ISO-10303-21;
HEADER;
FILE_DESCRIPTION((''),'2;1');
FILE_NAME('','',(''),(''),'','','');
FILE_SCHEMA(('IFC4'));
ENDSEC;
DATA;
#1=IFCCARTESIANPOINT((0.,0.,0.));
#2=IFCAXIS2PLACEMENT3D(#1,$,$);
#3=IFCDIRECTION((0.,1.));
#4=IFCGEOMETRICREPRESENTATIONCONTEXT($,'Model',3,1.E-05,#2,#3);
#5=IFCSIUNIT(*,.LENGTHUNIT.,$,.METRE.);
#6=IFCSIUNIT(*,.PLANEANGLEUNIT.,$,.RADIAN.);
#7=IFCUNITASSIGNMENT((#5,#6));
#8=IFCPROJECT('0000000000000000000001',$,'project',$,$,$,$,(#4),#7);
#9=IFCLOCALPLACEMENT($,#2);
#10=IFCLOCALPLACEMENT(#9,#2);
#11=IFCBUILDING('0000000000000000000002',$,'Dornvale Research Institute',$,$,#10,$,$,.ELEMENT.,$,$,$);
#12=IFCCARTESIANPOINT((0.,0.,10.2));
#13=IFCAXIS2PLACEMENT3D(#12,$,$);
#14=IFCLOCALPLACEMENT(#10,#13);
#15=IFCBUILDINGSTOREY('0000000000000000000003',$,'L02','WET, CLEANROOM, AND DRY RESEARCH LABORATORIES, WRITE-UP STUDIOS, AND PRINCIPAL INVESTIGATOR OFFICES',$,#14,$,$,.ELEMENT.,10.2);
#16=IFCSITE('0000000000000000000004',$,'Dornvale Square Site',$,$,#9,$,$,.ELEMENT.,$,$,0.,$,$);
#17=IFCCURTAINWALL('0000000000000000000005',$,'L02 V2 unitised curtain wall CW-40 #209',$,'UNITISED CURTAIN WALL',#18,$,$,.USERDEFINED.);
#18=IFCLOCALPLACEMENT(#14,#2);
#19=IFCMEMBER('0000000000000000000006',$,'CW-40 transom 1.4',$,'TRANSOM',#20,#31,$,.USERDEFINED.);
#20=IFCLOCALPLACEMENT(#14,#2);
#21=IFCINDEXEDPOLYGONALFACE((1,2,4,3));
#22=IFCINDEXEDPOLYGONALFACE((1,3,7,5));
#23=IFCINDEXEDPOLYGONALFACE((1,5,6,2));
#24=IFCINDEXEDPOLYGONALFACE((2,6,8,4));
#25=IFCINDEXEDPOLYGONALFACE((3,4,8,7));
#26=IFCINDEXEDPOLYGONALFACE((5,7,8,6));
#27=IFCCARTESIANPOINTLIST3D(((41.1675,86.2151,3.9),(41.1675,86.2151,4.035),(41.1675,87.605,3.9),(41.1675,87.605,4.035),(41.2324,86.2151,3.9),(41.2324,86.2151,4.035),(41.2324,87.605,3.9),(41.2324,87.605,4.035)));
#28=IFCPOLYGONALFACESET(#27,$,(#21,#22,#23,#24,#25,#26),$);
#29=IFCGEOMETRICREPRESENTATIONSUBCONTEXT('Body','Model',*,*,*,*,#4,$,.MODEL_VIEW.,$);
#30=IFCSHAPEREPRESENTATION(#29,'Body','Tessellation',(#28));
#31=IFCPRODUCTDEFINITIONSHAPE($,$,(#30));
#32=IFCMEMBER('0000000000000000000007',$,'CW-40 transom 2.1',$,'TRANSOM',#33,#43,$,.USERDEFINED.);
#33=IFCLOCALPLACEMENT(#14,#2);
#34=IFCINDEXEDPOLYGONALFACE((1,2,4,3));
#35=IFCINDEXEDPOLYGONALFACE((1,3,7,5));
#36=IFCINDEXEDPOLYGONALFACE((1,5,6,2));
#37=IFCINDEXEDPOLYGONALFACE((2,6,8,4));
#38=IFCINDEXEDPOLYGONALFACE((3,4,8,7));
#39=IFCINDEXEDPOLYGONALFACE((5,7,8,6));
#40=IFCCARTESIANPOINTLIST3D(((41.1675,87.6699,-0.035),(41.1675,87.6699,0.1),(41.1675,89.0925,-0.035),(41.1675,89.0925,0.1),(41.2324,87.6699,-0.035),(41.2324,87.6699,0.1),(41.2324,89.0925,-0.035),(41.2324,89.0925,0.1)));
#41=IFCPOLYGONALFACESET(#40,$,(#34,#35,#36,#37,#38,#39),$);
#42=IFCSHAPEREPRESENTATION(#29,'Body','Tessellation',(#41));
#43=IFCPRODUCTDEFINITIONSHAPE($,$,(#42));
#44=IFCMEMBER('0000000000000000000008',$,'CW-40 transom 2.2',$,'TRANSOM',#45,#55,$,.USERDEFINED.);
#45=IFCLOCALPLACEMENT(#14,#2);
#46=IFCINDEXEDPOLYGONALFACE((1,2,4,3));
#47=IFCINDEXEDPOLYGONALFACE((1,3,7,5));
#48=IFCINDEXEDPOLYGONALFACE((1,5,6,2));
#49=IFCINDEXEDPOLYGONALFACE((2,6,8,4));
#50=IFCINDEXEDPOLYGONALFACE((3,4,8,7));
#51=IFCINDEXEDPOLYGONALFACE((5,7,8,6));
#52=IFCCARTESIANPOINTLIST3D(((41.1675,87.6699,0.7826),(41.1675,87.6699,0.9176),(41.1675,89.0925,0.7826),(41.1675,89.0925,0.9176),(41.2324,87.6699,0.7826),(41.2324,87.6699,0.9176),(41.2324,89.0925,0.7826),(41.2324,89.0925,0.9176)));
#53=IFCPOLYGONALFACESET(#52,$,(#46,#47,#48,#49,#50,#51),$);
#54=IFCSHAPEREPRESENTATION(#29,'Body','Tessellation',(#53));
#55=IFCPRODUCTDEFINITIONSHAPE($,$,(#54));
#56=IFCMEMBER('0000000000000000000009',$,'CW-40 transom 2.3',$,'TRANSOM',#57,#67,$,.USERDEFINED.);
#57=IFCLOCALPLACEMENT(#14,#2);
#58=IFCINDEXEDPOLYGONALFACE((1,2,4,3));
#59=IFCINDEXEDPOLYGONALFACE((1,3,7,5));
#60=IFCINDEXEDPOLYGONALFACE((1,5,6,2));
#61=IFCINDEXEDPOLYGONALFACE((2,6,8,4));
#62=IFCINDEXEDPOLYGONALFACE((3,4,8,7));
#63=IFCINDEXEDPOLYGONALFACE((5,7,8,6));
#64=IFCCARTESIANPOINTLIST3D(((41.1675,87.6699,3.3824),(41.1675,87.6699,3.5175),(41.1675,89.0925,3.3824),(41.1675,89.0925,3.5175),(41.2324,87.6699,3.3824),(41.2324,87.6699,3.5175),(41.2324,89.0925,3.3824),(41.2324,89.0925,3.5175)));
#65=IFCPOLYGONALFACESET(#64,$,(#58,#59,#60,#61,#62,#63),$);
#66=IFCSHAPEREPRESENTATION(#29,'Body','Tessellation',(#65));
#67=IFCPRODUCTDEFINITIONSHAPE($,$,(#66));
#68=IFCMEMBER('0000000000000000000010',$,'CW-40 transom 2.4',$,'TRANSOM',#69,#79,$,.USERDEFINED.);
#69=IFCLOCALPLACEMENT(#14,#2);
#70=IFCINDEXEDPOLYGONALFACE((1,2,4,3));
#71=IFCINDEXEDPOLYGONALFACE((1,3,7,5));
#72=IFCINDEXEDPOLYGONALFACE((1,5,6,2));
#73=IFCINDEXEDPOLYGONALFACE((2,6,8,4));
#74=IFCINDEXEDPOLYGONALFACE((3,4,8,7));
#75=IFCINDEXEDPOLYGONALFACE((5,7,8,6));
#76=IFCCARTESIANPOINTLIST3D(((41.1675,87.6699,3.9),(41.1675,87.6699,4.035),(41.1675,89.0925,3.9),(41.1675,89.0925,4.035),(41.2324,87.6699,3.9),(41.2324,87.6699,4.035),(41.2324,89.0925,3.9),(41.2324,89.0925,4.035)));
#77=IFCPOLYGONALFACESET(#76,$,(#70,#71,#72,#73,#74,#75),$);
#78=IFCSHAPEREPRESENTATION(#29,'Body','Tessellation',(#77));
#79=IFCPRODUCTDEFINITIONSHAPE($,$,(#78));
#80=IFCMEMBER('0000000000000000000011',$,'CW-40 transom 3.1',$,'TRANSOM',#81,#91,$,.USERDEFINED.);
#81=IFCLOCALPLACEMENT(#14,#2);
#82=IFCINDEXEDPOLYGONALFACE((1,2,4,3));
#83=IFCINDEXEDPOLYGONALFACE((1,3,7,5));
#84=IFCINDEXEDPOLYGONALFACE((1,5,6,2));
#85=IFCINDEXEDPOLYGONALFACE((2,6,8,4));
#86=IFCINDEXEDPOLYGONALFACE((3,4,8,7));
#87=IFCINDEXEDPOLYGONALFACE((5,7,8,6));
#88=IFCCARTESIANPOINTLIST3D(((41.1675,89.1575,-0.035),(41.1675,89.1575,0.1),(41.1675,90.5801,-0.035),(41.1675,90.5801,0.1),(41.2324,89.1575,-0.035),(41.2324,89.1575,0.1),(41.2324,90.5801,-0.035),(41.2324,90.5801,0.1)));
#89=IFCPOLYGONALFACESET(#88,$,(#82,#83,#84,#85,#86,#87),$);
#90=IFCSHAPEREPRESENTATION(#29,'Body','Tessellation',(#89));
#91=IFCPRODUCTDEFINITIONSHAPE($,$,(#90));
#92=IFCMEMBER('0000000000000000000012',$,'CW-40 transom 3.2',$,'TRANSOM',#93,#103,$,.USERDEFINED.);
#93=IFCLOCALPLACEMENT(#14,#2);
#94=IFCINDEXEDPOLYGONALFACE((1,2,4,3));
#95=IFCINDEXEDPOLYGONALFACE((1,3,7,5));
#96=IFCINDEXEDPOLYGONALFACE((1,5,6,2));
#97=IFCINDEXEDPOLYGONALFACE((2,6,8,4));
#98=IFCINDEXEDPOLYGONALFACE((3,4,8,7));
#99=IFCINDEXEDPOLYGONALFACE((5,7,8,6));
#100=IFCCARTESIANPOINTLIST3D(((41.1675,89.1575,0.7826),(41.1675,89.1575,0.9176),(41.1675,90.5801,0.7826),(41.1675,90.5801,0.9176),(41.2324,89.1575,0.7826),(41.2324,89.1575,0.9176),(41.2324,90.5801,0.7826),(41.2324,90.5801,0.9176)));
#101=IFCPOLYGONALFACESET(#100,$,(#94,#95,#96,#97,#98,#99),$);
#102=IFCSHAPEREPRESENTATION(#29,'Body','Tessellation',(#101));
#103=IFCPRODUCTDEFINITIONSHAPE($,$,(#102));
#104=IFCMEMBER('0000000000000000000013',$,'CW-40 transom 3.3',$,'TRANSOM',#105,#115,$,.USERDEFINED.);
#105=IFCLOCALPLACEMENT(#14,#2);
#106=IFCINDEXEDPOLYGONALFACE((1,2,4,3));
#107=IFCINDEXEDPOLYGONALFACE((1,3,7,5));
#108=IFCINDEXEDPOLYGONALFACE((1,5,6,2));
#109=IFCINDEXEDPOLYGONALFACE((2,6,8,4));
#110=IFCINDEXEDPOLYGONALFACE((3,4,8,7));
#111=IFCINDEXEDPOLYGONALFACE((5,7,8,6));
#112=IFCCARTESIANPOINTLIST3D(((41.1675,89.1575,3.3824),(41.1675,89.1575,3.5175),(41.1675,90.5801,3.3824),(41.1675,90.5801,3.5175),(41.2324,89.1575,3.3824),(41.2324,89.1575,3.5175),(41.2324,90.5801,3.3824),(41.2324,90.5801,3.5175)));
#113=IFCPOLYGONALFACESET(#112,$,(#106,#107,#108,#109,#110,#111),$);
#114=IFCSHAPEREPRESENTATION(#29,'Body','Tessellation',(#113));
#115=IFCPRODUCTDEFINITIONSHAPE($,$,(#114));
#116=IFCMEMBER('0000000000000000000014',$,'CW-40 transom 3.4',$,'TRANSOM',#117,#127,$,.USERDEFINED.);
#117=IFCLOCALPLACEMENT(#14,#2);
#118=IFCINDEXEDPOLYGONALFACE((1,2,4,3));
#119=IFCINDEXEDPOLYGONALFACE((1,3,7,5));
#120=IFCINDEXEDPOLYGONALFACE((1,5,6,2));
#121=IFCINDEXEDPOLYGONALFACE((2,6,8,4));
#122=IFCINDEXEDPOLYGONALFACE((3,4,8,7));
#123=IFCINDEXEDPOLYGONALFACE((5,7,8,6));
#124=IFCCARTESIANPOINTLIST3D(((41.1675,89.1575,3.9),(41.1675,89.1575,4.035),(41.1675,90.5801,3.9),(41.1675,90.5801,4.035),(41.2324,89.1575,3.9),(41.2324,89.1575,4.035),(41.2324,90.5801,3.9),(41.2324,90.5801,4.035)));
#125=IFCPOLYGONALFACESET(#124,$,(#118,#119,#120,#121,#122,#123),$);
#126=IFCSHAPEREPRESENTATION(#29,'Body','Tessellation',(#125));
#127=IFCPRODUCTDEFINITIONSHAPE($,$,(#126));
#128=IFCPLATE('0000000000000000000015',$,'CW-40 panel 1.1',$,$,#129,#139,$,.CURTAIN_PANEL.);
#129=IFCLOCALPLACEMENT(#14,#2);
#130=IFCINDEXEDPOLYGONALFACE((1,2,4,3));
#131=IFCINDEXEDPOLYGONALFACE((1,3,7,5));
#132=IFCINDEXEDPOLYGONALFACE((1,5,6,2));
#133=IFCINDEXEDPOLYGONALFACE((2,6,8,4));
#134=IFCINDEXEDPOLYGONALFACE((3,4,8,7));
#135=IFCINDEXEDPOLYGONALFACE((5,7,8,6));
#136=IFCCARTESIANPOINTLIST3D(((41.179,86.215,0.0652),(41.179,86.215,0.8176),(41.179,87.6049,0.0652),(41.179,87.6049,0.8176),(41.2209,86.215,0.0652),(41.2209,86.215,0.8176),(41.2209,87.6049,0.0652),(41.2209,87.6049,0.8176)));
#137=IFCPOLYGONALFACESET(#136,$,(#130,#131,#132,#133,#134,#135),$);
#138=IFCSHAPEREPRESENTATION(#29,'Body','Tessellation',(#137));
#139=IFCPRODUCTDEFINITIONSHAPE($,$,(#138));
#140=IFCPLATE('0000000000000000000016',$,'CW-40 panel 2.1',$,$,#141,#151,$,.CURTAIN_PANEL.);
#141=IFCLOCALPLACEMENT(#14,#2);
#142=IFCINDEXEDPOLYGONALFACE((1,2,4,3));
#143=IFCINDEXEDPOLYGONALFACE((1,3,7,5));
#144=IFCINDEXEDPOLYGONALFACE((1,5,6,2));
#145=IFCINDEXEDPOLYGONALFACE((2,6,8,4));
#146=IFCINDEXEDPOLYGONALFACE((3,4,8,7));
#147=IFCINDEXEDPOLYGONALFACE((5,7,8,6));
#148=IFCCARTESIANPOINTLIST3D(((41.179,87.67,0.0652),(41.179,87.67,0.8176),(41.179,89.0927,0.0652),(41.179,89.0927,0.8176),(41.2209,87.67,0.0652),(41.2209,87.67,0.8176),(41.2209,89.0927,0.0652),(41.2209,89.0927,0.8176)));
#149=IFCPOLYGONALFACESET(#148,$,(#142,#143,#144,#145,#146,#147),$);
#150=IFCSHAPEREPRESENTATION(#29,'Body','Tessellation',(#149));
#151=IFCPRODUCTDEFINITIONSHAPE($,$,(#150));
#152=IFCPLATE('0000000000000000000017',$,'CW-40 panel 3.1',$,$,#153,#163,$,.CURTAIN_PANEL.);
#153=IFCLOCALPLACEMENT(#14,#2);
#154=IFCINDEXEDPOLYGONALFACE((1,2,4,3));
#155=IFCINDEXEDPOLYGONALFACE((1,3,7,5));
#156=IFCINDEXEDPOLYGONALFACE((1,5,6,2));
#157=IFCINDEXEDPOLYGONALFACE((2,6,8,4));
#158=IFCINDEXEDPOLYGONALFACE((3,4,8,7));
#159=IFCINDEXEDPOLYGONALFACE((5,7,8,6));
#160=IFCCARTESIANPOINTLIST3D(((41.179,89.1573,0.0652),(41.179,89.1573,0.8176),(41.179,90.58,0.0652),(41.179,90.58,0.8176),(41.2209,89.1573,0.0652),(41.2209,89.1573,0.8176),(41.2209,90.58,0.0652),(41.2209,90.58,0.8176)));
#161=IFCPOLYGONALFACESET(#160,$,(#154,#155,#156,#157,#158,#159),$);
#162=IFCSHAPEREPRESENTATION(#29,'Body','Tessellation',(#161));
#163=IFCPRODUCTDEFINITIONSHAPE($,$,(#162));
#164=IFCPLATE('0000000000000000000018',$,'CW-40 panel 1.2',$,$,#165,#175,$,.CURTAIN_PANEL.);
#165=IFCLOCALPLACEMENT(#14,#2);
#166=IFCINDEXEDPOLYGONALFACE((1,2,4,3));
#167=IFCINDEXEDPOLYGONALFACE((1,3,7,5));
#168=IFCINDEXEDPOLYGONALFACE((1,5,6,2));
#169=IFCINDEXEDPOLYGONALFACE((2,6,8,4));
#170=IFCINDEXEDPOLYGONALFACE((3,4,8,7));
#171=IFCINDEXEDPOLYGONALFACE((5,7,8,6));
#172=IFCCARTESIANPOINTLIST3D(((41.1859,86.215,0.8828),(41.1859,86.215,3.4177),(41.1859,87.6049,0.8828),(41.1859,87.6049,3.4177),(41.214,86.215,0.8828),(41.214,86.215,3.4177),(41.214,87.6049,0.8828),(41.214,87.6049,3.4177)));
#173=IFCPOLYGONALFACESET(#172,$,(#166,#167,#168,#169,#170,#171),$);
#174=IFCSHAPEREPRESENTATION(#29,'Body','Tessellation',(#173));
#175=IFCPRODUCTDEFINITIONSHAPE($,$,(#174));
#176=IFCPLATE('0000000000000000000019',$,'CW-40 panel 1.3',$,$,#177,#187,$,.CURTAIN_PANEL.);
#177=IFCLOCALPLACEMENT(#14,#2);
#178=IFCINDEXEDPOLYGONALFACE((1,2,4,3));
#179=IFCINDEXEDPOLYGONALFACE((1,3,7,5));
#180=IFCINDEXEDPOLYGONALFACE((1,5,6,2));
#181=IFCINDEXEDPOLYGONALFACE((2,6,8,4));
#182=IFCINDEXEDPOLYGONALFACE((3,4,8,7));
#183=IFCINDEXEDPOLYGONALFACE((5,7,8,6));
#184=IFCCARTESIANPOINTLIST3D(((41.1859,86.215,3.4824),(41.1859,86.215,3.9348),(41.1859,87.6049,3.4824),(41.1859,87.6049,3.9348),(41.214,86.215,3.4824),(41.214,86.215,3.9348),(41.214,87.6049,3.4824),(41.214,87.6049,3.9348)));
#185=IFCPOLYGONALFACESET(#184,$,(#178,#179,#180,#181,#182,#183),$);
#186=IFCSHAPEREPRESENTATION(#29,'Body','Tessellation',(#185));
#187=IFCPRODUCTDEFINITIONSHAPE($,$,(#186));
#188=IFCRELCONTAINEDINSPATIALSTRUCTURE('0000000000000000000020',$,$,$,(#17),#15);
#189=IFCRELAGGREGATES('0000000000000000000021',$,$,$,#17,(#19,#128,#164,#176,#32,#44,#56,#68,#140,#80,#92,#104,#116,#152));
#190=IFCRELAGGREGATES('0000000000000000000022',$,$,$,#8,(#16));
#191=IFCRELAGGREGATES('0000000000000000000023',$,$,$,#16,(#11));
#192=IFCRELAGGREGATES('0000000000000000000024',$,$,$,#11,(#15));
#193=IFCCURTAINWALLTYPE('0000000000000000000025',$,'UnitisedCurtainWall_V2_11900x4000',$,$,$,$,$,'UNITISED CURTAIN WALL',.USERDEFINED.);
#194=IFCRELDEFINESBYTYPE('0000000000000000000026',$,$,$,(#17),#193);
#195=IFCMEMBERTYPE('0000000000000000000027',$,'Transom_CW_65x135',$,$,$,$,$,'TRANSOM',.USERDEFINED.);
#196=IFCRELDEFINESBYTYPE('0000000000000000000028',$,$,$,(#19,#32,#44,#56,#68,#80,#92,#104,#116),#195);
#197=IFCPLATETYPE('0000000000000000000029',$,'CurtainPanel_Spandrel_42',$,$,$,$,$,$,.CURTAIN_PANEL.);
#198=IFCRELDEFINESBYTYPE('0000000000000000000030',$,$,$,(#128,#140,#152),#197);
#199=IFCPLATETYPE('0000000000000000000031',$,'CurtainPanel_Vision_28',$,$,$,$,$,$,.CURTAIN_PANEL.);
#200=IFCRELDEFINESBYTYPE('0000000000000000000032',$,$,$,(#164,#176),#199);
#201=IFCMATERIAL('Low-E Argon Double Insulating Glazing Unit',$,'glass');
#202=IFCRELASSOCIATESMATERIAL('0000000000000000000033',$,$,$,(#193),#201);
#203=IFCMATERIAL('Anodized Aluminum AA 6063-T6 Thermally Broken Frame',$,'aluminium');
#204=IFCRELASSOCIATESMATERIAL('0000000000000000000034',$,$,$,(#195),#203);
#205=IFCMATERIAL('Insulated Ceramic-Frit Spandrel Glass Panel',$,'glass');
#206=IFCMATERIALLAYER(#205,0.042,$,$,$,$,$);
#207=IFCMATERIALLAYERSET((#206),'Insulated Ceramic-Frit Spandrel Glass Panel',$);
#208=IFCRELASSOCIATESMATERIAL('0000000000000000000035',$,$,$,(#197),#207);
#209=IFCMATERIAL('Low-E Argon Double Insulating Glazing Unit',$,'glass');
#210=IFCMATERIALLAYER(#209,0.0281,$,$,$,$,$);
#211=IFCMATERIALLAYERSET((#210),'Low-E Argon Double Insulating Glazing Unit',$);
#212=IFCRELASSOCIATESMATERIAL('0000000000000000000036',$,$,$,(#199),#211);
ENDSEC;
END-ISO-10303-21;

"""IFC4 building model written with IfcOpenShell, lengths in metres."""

from ifc_helpers import new_model, si_unit, direction, frame, origin, origin_2d, place, context, subcontext, project, spatial, rectangle, extrude, material, layer, layer_set, material_profile, profile_set, type_object, element, aggregate, save


model = new_model("IFC4")

# Units and contexts
model_context = context("Model", 3, precision=1e-05, world=origin(), true_north=direction((0.0, 1.0)))
body_context = subcontext(model_context, "Body", "Model", "MODEL_VIEW")
ifc_project = project(units=[si_unit("LENGTHUNIT", "METRE"), si_unit("PLANEANGLEUNIT", "RADIAN")], contexts=[model_context])

# Site, building, storey
site_placement = place(None, origin())
site = spatial("IfcSite", under=ifc_project, at=site_placement, Name="Dornvale Square Site", CompositionType="ELEMENT", RefElevation=0.0)
building_placement = place(site_placement, origin())
building = spatial("IfcBuilding", under=site, at=building_placement, Name="Dornvale Research Institute", CompositionType="ELEMENT")
storey_placement = place(building_placement, frame((0.0, 0.0, 10.2)))
storey = spatial("IfcBuildingStorey", under=building, at=storey_placement, Name="L02", Description="WET, CLEANROOM, AND DRY RESEARCH LABORATORIES, WRITE-UP STUDIOS, AND PRINCIPAL INVESTIGATOR OFFICES", CompositionType="ELEMENT", Elevation=10.2)

# Curtain wall
ifc_material_1 = material(Name="Low-E Argon Double Insulating Glazing Unit", Category="glass")
curtain_wall_type = type_object("IfcCurtainWallType", Name="UnitisedCurtainWall_V2_11900x4000", ElementType="UNITISED CURTAIN WALL", PredefinedType="USERDEFINED", material=ifc_material_1)
curtain_wall_placement = place(storey_placement, origin())
curtain_wall = element("IfcCurtainWall", 1, at=curtain_wall_placement, inside=storey, type_object=curtain_wall_type, Name="L02 V2 unitised curtain wall CW-40 #209", ObjectType="UNITISED CURTAIN WALL", PredefinedType="USERDEFINED")

# Members
ifc_material_2 = material(Name="Anodized Aluminum AA 6063-T6 Thermally Broken Frame", Category="aluminium")
ifc_material_profile_1 = material_profile(ifc_material_2, rectangle(XDim=0.0649, YDim=0.135, at=origin_2d()), Name="ALU TRANSOM 65x135")
ifc_profile_set_1 = profile_set([ifc_material_profile_1], Name="Anodized Aluminum AA 6063-T6 Thermally Broken Frame")
member_type_1 = type_object("IfcMemberType", Name="Transom_CW_65x135", ElementType="TRANSOM", PredefinedType="USERDEFINED", material=ifc_profile_set_1)
member_1_placement = place(storey_placement, frame((41.2, 86.2151, 3.9675), z_axis=(0.0, 1.0, 0.0), x_axis=(-1.0, 0.0, 0.0)))
member_1 = element("IfcMember", 2, at=member_1_placement, type_object=member_type_1, Name="CW-40 transom 1.4", ObjectType="TRANSOM", PredefinedType="USERDEFINED", context=body_context, shape_type="SweptSolid", body=[
    extrude(rectangle(XDim=0.0649, YDim=0.135, at=origin_2d()), origin(), (0.0, 0.0, 1.0), 1.3899),
])
member_2_placement = place(storey_placement, frame((41.2, 87.6699, 0.0325), z_axis=(0.0, 1.0, 0.0), x_axis=(-1.0, 0.0, 0.0)))
member_2 = element("IfcMember", 3, at=member_2_placement, type_object=member_type_1, Name="CW-40 transom 2.1", ObjectType="TRANSOM", PredefinedType="USERDEFINED", context=body_context, shape_type="SweptSolid", body=[
    extrude(rectangle(XDim=0.0649, YDim=0.135, at=origin_2d()), origin(), (0.0, 0.0, 1.0), 1.4226),
])
member_3_placement = place(storey_placement, frame((41.2, 87.6699, 0.8501), z_axis=(0.0, 1.0, 0.0), x_axis=(-1.0, 0.0, 0.0)))
member_3 = element("IfcMember", 4, at=member_3_placement, type_object=member_type_1, Name="CW-40 transom 2.2", ObjectType="TRANSOM", PredefinedType="USERDEFINED", context=body_context, shape_type="SweptSolid", body=[
    extrude(rectangle(XDim=0.0649, YDim=0.135, at=origin_2d()), origin(), (0.0, 0.0, 1.0), 1.4226),
])
member_4_placement = place(storey_placement, frame((41.2, 87.6699, 3.45), z_axis=(0.0, 1.0, 0.0), x_axis=(-1.0, 0.0, 0.0)))
member_4 = element("IfcMember", 5, at=member_4_placement, type_object=member_type_1, Name="CW-40 transom 2.3", ObjectType="TRANSOM", PredefinedType="USERDEFINED", context=body_context, shape_type="SweptSolid", body=[
    extrude(rectangle(XDim=0.0649, YDim=0.135, at=origin_2d()), origin(), (0.0, 0.0, 1.0), 1.4226),
])
member_5_placement = place(storey_placement, frame((41.2, 87.6699, 3.9675), z_axis=(0.0, 1.0, 0.0), x_axis=(-1.0, 0.0, 0.0)))
member_5 = element("IfcMember", 6, at=member_5_placement, type_object=member_type_1, Name="CW-40 transom 2.4", ObjectType="TRANSOM", PredefinedType="USERDEFINED", context=body_context, shape_type="SweptSolid", body=[
    extrude(rectangle(XDim=0.0649, YDim=0.135, at=origin_2d()), origin(), (0.0, 0.0, 1.0), 1.4226),
])
member_6_placement = place(storey_placement, frame((41.2, 89.1575, 0.0325), z_axis=(0.0, 1.0, 0.0), x_axis=(-1.0, 0.0, 0.0)))
member_6 = element("IfcMember", 7, at=member_6_placement, type_object=member_type_1, Name="CW-40 transom 3.1", ObjectType="TRANSOM", PredefinedType="USERDEFINED", context=body_context, shape_type="SweptSolid", body=[
    extrude(rectangle(XDim=0.0649, YDim=0.135, at=origin_2d()), origin(), (0.0, 0.0, 1.0), 1.4226),
])
member_7_placement = place(storey_placement, frame((41.2, 89.1575, 0.8501), z_axis=(0.0, 1.0, 0.0), x_axis=(-1.0, 0.0, 0.0)))
member_7 = element("IfcMember", 8, at=member_7_placement, type_object=member_type_1, Name="CW-40 transom 3.2", ObjectType="TRANSOM", PredefinedType="USERDEFINED", context=body_context, shape_type="SweptSolid", body=[
    extrude(rectangle(XDim=0.0649, YDim=0.135, at=origin_2d()), origin(), (0.0, 0.0, 1.0), 1.4226),
])
member_8_placement = place(storey_placement, frame((41.2, 89.1575, 3.45), z_axis=(0.0, 1.0, 0.0), x_axis=(-1.0, 0.0, 0.0)))
member_8 = element("IfcMember", 9, at=member_8_placement, type_object=member_type_1, Name="CW-40 transom 3.3", ObjectType="TRANSOM", PredefinedType="USERDEFINED", context=body_context, shape_type="SweptSolid", body=[
    extrude(rectangle(XDim=0.0649, YDim=0.135, at=origin_2d()), origin(), (0.0, 0.0, 1.0), 1.4226),
])
member_9_placement = place(storey_placement, frame((41.2, 89.1575, 3.9675), z_axis=(0.0, 1.0, 0.0), x_axis=(-1.0, 0.0, 0.0)))
member_9 = element("IfcMember", 10, at=member_9_placement, type_object=member_type_1, Name="CW-40 transom 3.4", ObjectType="TRANSOM", PredefinedType="USERDEFINED", context=body_context, shape_type="SweptSolid", body=[
    extrude(rectangle(XDim=0.0649, YDim=0.135, at=origin_2d()), origin(), (0.0, 0.0, 1.0), 1.4226),
])

# Plates
ifc_material_3 = material(Name="Insulated Ceramic-Frit Spandrel Glass Panel", Category="glass")
ifc_layer_1 = layer(ifc_material_3, 0.042)
ifc_layer_set_1 = layer_set([ifc_layer_1], Name="Insulated Ceramic-Frit Spandrel Glass Panel")
plate_type_1 = type_object("IfcPlateType", Name="CurtainPanel_Spandrel_42", PredefinedType="CURTAIN_PANEL", material=ifc_layer_set_1)
plate_1_placement = place(storey_placement, frame((41.2, 86.9099, 0.0652), z_axis=(0.0, 0.0, 1.0), x_axis=(0.0, 1.0, 0.0)))
plate_1 = element("IfcPlate", 11, at=plate_1_placement, type_object=plate_type_1, Name="CW-40 panel 1.1", PredefinedType="CURTAIN_PANEL", context=body_context, shape_type="SweptSolid", body=[
    extrude(rectangle(XDim=1.3899, YDim=0.042, at=origin_2d()), origin(), (0.0, 0.0, 1.0), 0.7524),
])
plate_2_placement = place(storey_placement, frame((41.2, 88.3813, 0.0652), z_axis=(0.0, 0.0, 1.0), x_axis=(0.0, 1.0, 0.0)))
plate_2 = element("IfcPlate", 12, at=plate_2_placement, type_object=plate_type_1, Name="CW-40 panel 2.1", PredefinedType="CURTAIN_PANEL", context=body_context, shape_type="SweptSolid", body=[
    extrude(rectangle(XDim=1.4226, YDim=0.042, at=origin_2d()), origin(), (0.0, 0.0, 1.0), 0.7524),
])
plate_3_placement = place(storey_placement, frame((41.2, 89.8687, 0.0652), z_axis=(0.0, 0.0, 1.0), x_axis=(0.0, 1.0, 0.0)))
plate_3 = element("IfcPlate", 13, at=plate_3_placement, type_object=plate_type_1, Name="CW-40 panel 3.1", PredefinedType="CURTAIN_PANEL", context=body_context, shape_type="SweptSolid", body=[
    extrude(rectangle(XDim=1.4226, YDim=0.042, at=origin_2d()), origin(), (0.0, 0.0, 1.0), 0.7524),
])
ifc_material_4 = material(Name="Low-E Argon Double Insulating Glazing Unit", Category="glass")
ifc_layer_2 = layer(ifc_material_4, 0.0281)
ifc_layer_set_2 = layer_set([ifc_layer_2], Name="Low-E Argon Double Insulating Glazing Unit")
plate_type_2 = type_object("IfcPlateType", Name="CurtainPanel_Vision_28", PredefinedType="CURTAIN_PANEL", material=ifc_layer_set_2)
plate_4_placement = place(storey_placement, frame((41.2, 86.9099, 0.8828), z_axis=(0.0, 0.0, 1.0), x_axis=(0.0, 1.0, 0.0)))
plate_4 = element("IfcPlate", 14, at=plate_4_placement, type_object=plate_type_2, Name="CW-40 panel 1.2", PredefinedType="CURTAIN_PANEL", context=body_context, shape_type="SweptSolid", body=[
    extrude(rectangle(XDim=1.3899, YDim=0.0281, at=origin_2d()), origin(), (0.0, 0.0, 1.0), 2.5349),
])
plate_5_placement = place(storey_placement, frame((41.2, 86.9099, 3.4824), z_axis=(0.0, 0.0, 1.0), x_axis=(0.0, 1.0, 0.0)))
plate_5 = element("IfcPlate", 15, at=plate_5_placement, type_object=plate_type_2, Name="CW-40 panel 1.3", PredefinedType="CURTAIN_PANEL", context=body_context, shape_type="SweptSolid", body=[
    extrude(rectangle(XDim=1.3899, YDim=0.0281, at=origin_2d()), origin(), (0.0, 0.0, 1.0), 0.4524),
])
aggregate(curtain_wall, [member_1, plate_1, plate_4, plate_5, member_2, member_3, member_4, member_5, plate_2, member_6, member_7, member_8, member_9, plate_3])

save(model, "model.ifc")
